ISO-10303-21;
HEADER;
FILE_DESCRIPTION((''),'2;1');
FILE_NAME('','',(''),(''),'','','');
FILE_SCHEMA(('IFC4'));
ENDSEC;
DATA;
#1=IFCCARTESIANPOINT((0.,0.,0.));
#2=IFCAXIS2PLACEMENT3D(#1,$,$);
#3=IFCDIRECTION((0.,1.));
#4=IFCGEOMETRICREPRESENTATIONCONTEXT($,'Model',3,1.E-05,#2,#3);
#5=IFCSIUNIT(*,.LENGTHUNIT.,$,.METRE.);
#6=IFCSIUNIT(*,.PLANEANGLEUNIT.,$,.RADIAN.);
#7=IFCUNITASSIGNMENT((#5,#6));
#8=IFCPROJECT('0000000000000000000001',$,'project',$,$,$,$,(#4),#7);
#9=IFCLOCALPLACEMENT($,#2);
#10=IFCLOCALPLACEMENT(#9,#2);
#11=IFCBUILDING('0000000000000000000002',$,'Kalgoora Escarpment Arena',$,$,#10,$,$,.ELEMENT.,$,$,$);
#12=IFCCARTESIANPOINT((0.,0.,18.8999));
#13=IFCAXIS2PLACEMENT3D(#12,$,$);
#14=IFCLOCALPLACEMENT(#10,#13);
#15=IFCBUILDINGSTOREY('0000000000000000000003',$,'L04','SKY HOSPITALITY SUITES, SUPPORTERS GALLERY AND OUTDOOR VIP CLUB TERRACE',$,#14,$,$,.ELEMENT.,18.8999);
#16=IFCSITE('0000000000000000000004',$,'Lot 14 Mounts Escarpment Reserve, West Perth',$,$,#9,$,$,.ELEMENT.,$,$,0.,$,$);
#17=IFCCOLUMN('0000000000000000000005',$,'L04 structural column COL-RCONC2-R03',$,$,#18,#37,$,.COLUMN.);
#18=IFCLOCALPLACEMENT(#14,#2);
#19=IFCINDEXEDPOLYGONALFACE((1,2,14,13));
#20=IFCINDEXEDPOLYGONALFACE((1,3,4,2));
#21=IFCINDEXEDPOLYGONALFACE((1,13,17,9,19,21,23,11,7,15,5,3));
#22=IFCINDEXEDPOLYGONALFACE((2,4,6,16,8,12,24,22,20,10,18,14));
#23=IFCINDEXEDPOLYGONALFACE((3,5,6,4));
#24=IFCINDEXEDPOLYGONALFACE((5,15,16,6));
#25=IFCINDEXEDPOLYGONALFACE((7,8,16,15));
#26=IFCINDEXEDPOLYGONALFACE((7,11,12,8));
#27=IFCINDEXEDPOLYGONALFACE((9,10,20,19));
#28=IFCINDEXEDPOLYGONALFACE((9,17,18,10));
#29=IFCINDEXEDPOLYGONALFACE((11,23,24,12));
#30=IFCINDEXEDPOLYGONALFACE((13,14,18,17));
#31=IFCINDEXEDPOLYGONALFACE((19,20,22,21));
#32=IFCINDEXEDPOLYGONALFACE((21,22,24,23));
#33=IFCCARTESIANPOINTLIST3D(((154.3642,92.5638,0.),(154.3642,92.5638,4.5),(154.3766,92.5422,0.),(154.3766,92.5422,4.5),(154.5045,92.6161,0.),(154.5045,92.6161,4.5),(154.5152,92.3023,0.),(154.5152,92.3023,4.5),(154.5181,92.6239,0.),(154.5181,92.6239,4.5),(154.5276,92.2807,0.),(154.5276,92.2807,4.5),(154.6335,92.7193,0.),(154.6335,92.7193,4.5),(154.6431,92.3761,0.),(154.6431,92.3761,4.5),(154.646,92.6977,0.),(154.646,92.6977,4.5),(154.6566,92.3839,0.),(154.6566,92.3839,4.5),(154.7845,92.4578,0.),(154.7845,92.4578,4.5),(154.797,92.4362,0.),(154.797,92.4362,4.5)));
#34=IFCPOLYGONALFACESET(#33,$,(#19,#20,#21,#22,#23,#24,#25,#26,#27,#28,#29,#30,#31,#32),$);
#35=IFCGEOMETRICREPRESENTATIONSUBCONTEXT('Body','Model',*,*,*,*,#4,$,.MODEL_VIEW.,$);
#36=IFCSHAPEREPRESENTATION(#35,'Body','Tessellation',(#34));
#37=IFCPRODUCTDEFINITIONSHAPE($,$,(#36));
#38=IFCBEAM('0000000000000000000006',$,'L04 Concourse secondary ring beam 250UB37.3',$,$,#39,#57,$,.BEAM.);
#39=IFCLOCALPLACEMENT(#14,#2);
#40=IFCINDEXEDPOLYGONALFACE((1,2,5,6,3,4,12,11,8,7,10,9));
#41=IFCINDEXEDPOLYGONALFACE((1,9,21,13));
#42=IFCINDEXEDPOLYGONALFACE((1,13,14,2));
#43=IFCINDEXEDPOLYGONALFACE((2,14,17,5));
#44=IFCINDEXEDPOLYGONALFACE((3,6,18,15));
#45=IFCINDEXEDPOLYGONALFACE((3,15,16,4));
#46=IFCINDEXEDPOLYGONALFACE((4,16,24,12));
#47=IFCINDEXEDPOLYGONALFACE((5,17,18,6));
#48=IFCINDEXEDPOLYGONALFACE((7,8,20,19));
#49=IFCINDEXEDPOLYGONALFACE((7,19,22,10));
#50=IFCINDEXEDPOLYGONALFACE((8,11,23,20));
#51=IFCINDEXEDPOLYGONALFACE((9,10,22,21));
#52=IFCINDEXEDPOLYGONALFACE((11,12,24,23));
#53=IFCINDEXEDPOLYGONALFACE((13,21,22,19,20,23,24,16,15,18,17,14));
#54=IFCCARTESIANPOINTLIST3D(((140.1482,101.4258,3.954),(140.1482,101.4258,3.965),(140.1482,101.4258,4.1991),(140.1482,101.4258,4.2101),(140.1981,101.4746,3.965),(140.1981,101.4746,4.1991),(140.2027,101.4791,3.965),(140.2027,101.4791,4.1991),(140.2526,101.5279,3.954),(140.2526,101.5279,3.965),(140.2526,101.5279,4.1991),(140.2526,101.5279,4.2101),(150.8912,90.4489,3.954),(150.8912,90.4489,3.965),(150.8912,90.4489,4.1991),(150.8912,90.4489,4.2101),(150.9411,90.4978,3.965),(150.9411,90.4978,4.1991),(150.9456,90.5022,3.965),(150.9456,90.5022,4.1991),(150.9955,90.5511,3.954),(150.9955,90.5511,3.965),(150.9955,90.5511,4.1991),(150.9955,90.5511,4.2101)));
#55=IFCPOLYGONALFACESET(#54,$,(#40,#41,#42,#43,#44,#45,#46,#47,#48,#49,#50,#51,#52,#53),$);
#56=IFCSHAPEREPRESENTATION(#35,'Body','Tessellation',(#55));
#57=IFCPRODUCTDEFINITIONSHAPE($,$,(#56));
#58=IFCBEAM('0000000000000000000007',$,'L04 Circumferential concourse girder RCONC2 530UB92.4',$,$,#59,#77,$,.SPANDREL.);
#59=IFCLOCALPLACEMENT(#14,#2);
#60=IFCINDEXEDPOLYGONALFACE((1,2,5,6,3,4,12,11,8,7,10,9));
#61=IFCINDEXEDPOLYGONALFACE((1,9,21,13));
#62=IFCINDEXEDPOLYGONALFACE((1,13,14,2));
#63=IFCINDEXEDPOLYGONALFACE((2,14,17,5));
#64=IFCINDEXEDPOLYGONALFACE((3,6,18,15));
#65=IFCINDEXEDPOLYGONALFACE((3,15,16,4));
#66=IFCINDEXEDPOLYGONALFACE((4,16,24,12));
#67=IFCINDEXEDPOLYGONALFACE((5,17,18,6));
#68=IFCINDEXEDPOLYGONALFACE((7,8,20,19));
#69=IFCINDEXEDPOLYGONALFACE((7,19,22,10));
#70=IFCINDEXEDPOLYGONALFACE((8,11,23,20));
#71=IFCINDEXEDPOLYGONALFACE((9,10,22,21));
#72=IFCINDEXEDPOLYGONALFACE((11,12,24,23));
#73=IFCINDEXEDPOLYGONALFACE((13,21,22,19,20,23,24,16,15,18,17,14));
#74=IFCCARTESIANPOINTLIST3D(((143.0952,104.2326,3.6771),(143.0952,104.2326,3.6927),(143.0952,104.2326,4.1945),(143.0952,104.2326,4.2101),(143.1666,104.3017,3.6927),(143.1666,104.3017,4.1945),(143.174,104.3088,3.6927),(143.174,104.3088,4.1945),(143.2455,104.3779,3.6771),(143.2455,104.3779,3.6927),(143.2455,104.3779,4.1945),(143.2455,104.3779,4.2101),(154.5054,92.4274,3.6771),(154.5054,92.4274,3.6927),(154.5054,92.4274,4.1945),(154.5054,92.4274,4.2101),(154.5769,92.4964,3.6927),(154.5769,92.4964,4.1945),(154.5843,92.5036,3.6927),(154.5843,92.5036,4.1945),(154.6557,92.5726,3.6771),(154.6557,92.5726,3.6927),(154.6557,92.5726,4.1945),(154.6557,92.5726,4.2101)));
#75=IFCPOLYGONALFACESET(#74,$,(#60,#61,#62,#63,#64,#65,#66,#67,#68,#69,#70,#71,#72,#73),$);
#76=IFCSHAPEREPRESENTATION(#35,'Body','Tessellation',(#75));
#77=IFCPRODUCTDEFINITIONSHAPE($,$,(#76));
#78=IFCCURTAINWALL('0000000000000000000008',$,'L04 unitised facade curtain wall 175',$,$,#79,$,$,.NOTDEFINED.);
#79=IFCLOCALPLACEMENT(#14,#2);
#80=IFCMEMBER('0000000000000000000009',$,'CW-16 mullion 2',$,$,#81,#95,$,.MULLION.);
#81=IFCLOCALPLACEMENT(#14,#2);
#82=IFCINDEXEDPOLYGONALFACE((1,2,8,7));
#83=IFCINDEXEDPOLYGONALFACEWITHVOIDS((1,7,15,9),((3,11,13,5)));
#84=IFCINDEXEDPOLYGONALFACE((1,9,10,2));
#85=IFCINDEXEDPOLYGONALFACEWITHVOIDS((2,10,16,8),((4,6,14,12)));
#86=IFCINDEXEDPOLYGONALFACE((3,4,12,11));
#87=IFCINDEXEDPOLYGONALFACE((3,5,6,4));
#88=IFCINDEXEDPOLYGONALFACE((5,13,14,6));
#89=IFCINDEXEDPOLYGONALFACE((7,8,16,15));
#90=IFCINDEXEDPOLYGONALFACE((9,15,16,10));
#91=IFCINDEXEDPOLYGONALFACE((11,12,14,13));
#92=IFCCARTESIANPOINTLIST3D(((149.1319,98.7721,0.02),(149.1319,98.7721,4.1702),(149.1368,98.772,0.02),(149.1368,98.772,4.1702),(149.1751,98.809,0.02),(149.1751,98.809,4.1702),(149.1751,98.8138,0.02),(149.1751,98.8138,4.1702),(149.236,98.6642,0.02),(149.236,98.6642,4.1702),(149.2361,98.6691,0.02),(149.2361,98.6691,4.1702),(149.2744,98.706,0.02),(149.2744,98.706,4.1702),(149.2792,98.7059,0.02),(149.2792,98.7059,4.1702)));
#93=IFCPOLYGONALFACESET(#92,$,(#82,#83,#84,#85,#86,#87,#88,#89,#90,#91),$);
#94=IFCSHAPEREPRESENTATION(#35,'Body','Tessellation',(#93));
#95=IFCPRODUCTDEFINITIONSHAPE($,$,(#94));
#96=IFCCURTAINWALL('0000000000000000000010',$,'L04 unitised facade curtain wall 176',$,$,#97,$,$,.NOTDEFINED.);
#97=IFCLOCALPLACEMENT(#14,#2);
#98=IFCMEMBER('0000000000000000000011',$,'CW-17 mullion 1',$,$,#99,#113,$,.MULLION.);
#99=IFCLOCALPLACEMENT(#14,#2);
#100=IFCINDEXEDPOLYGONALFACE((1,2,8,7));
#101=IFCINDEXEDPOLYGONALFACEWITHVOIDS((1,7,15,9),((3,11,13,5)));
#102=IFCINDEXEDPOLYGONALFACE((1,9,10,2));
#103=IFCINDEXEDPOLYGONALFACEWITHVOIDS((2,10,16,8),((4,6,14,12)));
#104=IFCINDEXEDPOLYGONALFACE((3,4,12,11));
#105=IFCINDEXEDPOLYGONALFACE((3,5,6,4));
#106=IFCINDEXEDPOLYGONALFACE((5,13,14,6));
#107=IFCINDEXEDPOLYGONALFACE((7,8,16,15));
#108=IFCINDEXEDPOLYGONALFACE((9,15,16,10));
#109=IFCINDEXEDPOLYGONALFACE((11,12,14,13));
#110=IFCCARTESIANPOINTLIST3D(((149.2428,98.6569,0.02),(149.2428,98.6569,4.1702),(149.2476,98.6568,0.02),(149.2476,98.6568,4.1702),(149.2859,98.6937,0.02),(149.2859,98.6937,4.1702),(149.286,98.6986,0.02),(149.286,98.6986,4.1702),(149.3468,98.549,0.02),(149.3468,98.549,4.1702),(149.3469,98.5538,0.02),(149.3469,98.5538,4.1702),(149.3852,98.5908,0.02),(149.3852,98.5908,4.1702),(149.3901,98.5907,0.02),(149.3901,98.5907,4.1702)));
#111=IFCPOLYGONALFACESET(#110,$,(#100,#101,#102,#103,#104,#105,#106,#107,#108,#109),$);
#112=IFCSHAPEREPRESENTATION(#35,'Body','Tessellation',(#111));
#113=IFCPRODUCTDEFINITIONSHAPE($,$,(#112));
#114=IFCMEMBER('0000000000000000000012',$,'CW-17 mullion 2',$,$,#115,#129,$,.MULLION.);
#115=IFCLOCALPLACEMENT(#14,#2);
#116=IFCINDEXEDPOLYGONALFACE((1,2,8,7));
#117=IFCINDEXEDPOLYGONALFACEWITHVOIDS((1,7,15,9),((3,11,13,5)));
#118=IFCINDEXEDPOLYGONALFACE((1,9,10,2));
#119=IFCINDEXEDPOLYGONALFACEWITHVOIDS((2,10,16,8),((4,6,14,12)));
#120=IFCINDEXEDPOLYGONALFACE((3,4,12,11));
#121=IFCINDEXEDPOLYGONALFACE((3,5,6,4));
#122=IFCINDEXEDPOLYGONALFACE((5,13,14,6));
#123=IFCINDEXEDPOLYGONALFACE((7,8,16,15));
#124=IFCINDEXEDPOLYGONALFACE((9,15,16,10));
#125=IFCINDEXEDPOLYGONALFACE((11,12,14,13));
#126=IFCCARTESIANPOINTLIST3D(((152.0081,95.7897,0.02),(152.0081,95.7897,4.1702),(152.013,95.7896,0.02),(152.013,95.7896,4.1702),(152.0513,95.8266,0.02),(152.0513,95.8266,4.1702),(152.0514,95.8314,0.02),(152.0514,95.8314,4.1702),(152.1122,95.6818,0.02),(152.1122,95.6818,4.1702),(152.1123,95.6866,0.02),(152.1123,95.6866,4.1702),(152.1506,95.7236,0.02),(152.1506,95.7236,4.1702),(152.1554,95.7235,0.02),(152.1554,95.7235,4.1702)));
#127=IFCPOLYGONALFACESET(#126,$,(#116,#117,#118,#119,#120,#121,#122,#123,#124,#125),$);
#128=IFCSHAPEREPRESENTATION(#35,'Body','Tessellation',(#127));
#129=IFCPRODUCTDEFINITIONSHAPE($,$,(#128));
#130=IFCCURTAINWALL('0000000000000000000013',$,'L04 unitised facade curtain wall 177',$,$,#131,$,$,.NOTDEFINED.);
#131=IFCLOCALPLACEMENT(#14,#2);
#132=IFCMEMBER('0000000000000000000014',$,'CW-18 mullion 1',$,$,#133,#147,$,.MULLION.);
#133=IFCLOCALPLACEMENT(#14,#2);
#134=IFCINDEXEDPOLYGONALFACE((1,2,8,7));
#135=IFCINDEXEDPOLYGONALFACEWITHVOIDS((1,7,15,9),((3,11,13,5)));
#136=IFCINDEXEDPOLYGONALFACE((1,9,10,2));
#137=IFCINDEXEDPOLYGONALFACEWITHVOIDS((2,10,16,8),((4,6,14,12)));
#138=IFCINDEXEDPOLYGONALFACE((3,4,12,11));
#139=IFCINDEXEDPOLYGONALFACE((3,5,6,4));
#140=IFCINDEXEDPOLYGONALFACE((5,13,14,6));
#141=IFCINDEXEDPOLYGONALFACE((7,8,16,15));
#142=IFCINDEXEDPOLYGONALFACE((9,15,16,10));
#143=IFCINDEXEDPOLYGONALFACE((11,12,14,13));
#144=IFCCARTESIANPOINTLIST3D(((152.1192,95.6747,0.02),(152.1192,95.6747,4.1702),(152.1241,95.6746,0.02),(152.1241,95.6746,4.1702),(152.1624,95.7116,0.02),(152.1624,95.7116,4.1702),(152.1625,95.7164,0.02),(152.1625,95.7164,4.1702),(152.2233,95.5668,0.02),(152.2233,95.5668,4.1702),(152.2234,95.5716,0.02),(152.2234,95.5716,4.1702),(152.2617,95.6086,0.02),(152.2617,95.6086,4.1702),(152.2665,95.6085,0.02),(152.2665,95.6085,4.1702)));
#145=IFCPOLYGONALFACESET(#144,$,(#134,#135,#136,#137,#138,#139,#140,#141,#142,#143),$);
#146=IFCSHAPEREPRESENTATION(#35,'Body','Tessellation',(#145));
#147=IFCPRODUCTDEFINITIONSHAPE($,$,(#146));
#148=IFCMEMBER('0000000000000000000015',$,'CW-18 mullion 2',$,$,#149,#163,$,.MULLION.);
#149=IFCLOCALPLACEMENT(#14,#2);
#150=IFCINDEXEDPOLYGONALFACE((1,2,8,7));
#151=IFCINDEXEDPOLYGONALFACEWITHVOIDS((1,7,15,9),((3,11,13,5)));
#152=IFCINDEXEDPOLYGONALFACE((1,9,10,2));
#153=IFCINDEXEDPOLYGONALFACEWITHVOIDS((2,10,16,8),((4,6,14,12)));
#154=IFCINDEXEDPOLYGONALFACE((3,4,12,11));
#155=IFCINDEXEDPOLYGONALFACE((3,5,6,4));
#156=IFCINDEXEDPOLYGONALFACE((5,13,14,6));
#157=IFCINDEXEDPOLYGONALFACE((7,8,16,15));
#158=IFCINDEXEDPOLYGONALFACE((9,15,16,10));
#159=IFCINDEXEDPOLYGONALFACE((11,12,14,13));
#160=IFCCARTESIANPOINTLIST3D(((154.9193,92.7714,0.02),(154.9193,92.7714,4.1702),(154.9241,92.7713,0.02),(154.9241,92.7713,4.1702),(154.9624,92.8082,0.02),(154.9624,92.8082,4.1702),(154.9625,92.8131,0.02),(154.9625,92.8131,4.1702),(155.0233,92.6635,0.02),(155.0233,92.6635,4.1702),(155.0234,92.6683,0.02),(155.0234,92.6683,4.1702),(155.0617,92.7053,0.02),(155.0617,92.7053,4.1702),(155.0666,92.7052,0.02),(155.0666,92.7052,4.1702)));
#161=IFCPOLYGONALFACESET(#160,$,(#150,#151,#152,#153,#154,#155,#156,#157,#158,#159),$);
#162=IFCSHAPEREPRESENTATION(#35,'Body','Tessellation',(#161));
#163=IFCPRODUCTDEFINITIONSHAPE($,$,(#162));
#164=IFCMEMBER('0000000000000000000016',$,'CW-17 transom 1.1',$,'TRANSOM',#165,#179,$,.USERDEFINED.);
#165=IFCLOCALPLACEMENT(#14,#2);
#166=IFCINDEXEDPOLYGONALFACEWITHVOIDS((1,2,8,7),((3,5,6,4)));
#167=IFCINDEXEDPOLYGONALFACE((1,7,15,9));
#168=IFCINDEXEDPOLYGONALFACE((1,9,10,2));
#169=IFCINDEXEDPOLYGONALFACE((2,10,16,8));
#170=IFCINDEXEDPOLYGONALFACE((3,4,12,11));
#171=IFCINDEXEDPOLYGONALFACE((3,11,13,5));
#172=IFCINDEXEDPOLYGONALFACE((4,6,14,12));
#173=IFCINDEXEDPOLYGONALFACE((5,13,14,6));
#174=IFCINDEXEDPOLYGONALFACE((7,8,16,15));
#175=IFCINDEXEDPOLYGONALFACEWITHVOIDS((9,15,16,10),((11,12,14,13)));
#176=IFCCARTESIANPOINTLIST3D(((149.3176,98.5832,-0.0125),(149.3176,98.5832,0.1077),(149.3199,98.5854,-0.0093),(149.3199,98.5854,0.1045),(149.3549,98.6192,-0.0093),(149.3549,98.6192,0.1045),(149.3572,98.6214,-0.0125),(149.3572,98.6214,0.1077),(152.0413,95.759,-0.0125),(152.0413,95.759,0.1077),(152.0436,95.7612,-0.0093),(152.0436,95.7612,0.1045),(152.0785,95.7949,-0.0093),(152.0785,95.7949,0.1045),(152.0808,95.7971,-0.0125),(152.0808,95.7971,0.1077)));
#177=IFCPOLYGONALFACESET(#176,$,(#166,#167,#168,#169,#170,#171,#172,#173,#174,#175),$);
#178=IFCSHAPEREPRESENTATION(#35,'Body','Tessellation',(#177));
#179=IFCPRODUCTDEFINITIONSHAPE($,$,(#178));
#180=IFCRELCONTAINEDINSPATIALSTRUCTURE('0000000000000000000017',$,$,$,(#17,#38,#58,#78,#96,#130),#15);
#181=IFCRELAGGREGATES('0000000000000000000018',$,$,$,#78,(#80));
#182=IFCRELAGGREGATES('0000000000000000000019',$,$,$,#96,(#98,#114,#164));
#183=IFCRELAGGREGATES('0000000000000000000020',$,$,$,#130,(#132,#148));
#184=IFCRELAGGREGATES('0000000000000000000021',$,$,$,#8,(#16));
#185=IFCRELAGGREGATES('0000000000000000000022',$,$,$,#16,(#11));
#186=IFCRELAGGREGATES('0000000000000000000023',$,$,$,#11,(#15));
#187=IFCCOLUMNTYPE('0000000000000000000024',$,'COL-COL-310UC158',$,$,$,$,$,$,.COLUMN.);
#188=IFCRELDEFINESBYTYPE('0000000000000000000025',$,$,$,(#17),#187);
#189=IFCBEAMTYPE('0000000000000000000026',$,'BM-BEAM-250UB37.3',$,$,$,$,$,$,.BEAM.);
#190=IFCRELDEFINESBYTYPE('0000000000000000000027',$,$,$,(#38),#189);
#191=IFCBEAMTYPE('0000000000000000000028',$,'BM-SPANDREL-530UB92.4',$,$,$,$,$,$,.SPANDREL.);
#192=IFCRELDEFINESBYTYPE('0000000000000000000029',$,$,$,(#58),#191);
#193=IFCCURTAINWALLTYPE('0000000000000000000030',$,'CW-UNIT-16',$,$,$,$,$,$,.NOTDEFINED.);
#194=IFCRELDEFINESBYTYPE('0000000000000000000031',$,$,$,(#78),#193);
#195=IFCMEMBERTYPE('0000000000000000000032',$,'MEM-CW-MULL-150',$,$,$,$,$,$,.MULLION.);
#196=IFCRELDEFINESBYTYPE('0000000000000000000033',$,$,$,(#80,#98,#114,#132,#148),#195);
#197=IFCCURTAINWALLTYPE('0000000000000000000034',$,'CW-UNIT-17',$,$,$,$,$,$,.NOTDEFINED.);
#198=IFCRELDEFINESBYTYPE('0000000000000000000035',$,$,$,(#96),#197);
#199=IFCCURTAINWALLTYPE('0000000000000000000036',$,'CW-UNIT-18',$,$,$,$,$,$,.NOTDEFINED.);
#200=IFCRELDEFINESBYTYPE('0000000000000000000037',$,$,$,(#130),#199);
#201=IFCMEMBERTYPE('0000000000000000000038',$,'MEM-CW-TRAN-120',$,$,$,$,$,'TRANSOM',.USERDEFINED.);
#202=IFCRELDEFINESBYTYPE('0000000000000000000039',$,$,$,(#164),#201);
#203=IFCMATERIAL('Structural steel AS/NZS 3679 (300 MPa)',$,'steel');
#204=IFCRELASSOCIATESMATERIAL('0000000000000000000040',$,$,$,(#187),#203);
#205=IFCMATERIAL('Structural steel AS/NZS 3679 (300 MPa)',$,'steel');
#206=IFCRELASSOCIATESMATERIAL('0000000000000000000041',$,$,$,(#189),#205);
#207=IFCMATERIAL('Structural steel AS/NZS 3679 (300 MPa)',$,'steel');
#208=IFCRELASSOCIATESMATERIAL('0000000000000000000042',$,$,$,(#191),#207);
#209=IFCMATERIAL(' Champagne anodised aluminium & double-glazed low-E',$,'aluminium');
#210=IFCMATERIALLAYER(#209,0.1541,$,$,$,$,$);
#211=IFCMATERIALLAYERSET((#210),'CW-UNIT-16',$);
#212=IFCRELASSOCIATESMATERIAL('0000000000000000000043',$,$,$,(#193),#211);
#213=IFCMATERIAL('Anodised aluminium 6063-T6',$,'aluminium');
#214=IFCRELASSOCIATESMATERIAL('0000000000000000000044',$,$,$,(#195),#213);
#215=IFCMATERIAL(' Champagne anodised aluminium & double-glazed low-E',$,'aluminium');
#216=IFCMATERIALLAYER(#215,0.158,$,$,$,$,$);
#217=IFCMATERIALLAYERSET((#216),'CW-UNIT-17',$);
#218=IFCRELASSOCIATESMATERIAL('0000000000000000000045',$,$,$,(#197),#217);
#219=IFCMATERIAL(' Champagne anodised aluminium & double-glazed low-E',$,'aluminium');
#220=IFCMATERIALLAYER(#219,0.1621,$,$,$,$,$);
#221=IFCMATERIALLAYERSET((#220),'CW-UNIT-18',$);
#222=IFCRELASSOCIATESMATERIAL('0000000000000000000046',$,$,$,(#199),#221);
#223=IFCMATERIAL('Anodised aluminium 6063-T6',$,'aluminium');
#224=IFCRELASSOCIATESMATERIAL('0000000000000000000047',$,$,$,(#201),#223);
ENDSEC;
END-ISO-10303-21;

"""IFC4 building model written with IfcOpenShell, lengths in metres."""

from ifc_helpers import new_model, si_unit, direction, frame, origin, origin_2d, place, context, subcontext, project, spatial, hollow_rectangle, i_section, extrude, material, layer, layer_set, material_profile, profile_set, type_object, element, aggregate, save


model = new_model("IFC4")

# Units and contexts
model_context = context("Model", 3, precision=1e-05, world=origin(), true_north=direction((0.0, 1.0)))
body_context = subcontext(model_context, "Body", "Model", "MODEL_VIEW")
ifc_project = project(units=[si_unit("LENGTHUNIT", "METRE"), si_unit("PLANEANGLEUNIT", "RADIAN")], contexts=[model_context])

# Site, building, storey
site_placement = place(None, origin())
site = spatial("IfcSite", under=ifc_project, at=site_placement, Name="Lot 14 Mounts Escarpment Reserve, West Perth", CompositionType="ELEMENT", RefElevation=0.0)
building_placement = place(site_placement, origin())
building = spatial("IfcBuilding", under=site, at=building_placement, Name="Kalgoora Escarpment Arena", CompositionType="ELEMENT")
storey_placement = place(building_placement, frame((0.0, 0.0, 18.8999)))
storey = spatial("IfcBuildingStorey", under=building, at=storey_placement, Name="L04", Description="SKY HOSPITALITY SUITES, SUPPORTERS GALLERY AND OUTDOOR VIP CLUB TERRACE", CompositionType="ELEMENT", Elevation=18.8999)

# Column
ifc_material_1 = material(Name="Structural steel AS/NZS 3679 (300 MPa)", Category="steel")
ifc_material_profile_1 = material_profile(ifc_material_1, i_section(OverallWidth=0.311, OverallDepth=0.3269, WebThickness=0.0156, FlangeThickness=0.0249, at=origin_2d()))
ifc_profile_set_1 = profile_set([ifc_material_profile_1], Name="Structural steel AS/NZS 3679 (300 MPa)")
column_type = type_object("IfcColumnType", Name="COL-COL-310UC158", PredefinedType="COLUMN", material=ifc_profile_set_1)
column_placement = place(storey_placement, frame((154.5806, 92.5, 0.0), z_axis=(0.0, 0.0, 1.0), x_axis=(0.866025, 0.5, 0.0)))
element("IfcColumn", 1, at=column_placement, inside=storey, type_object=column_type, Name="L04 structural column COL-RCONC2-R03", PredefinedType="COLUMN", context=body_context, shape_type="SweptSolid", body=[
    extrude(i_section(OverallWidth=0.311, OverallDepth=0.3269, WebThickness=0.0156, FlangeThickness=0.0249, at=origin_2d()), origin(), (0.0, 0.0, 1.0), 4.5),
])

# Beams
ifc_material_2 = material(Name="Structural steel AS/NZS 3679 (300 MPa)", Category="steel")
ifc_material_profile_2 = material_profile(ifc_material_2, i_section(OverallWidth=0.146, OverallDepth=0.2561, WebThickness=0.0063, FlangeThickness=0.011, at=origin_2d()))
ifc_profile_set_2 = profile_set([ifc_material_profile_2], Name="Structural steel AS/NZS 3679 (300 MPa)")
beam_type_1 = type_object("IfcBeamType", Name="BM-BEAM-250UB37.3", PredefinedType="BEAM", material=ifc_profile_set_2)
beam_1_placement = place(storey_placement, frame((150.9434, 90.5, 4.082), z_axis=(-0.699452, 0.71468, 0.0), x_axis=(-0.71468, -0.699452, 0.0)))
element("IfcBeam", 2, at=beam_1_placement, inside=storey, type_object=beam_type_1, Name="L04 Concourse secondary ring beam 250UB37.3", PredefinedType="BEAM", context=body_context, shape_type="SweptSolid", body=[
    extrude(i_section(OverallWidth=0.146, OverallDepth=0.2561, WebThickness=0.0063, FlangeThickness=0.011, at=origin_2d()), origin(), (0.0, 0.0, 1.0), 15.3591),
])
ifc_material_3 = material(Name="Structural steel AS/NZS 3679 (300 MPa)", Category="steel")
ifc_material_profile_3 = material_profile(ifc_material_3, i_section(OverallWidth=0.209, OverallDepth=0.533, WebThickness=0.0103, FlangeThickness=0.0156, at=origin_2d()))
ifc_profile_set_3 = profile_set([ifc_material_profile_3], Name="Structural steel AS/NZS 3679 (300 MPa)")
beam_type_2 = type_object("IfcBeamType", Name="BM-SPANDREL-530UB92.4", PredefinedType="SPANDREL", material=ifc_profile_set_3)
beam_2_placement = place(storey_placement, frame((154.5806, 92.5, 3.9436), z_axis=(-0.694974, 0.719034, 0.0), x_axis=(-0.719034, -0.694974, 0.0)))
element("IfcBeam", 3, at=beam_2_placement, inside=storey, type_object=beam_type_2, Name="L04 Circumferential concourse girder RCONC2 530UB92.4", PredefinedType="SPANDREL", context=body_context, shape_type="SweptSolid", body=[
    extrude(i_section(OverallWidth=0.209, OverallDepth=0.533, WebThickness=0.0103, FlangeThickness=0.0156, at=origin_2d()), origin(), (0.0, 0.0, 1.0), 16.4182),
])

# Curtain wall, member
ifc_material_4 = material(Name=" Champagne anodised aluminium & double-glazed low-E", Category="aluminium")
ifc_layer_1 = layer(ifc_material_4, 0.1541)
ifc_layer_set_1 = layer_set([ifc_layer_1], Name="CW-UNIT-16")
curtain_wall_type_1 = type_object("IfcCurtainWallType", Name="CW-UNIT-16", PredefinedType="NOTDEFINED", material=ifc_layer_set_1)
curtain_wall_1_placement = place(storey_placement, origin())
curtain_wall_1 = element("IfcCurtainWall", 4, at=curtain_wall_1_placement, inside=storey, type_object=curtain_wall_type_1, Name="L04 unitised facade curtain wall 175", PredefinedType="NOTDEFINED")
ifc_material_5 = material(Name="Anodised aluminium 6063-T6", Category="aluminium")
ifc_material_profile_4 = material_profile(ifc_material_5, hollow_rectangle(XDim=0.0601, YDim=0.1499, WallThickness=0.0034, at=origin_2d()))
ifc_profile_set_4 = profile_set([ifc_material_profile_4], Name="Anodised aluminium 6063-T6")
member_type_1 = type_object("IfcMemberType", Name="MEM-CW-MULL-150", PredefinedType="MULLION", material=ifc_profile_set_4)
member_1_placement = place(storey_placement, frame((149.2056, 98.739, 0.02), z_axis=(0.0, 0.0, 1.0), x_axis=(0.719777, 0.694205, 0.0)))
member_1 = element("IfcMember", 5, at=member_1_placement, type_object=member_type_1, Name="CW-16 mullion 2", PredefinedType="MULLION", context=body_context, shape_type="SweptSolid", body=[
    extrude(hollow_rectangle(XDim=0.0601, YDim=0.1499, WallThickness=0.0034, at=origin_2d()), origin(), (0.0, 0.0, 1.0), 4.1501),
])
aggregate(curtain_wall_1, [member_1])

# Curtain walls, members
ifc_material_6 = material(Name=" Champagne anodised aluminium & double-glazed low-E", Category="aluminium")
ifc_layer_2 = layer(ifc_material_6, 0.158)
ifc_layer_set_2 = layer_set([ifc_layer_2], Name="CW-UNIT-17")
curtain_wall_type_2 = type_object("IfcCurtainWallType", Name="CW-UNIT-17", PredefinedType="NOTDEFINED", material=ifc_layer_set_2)
curtain_wall_2_placement = place(storey_placement, origin())
curtain_wall_2 = element("IfcCurtainWall", 6, at=curtain_wall_2_placement, inside=storey, type_object=curtain_wall_type_2, Name="L04 unitised facade curtain wall 176", PredefinedType="NOTDEFINED")
member_2_placement = place(storey_placement, frame((149.3164, 98.6238, 0.02), z_axis=(0.0, 0.0, 1.0), x_axis=(0.719777, 0.694205, 0.0)))
member_2 = element("IfcMember", 7, at=member_2_placement, type_object=member_type_1, Name="CW-17 mullion 1", PredefinedType="MULLION", context=body_context, shape_type="SweptSolid", body=[
    extrude(hollow_rectangle(XDim=0.0601, YDim=0.1499, WallThickness=0.0034, at=origin_2d()), origin(), (0.0, 0.0, 1.0), 4.1501),
])
member_3_placement = place(storey_placement, frame((152.0818, 95.7566, 0.02), z_axis=(0.0, 0.0, 1.0), x_axis=(0.719777, 0.694205, 0.0)))
member_3 = element("IfcMember", 8, at=member_3_placement, type_object=member_type_1, Name="CW-17 mullion 2", PredefinedType="MULLION", context=body_context, shape_type="SweptSolid", body=[
    extrude(hollow_rectangle(XDim=0.0601, YDim=0.1499, WallThickness=0.0034, at=origin_2d()), origin(), (0.0, 0.0, 1.0), 4.1501),
])
ifc_material_7 = material(Name=" Champagne anodised aluminium & double-glazed low-E", Category="aluminium")
ifc_layer_3 = layer(ifc_material_7, 0.1621)
ifc_layer_set_3 = layer_set([ifc_layer_3], Name="CW-UNIT-18")
curtain_wall_type_3 = type_object("IfcCurtainWallType", Name="CW-UNIT-18", PredefinedType="NOTDEFINED", material=ifc_layer_set_3)
curtain_wall_3_placement = place(storey_placement, origin())
curtain_wall_3 = element("IfcCurtainWall", 9, at=curtain_wall_3_placement, inside=storey, type_object=curtain_wall_type_3, Name="L04 unitised facade curtain wall 177", PredefinedType="NOTDEFINED")
member_4_placement = place(storey_placement, frame((152.1929, 95.6416, 0.02), z_axis=(0.0, 0.0, 1.0), x_axis=(0.71978, 0.694202, 0.0)))
member_4 = element("IfcMember", 10, at=member_4_placement, type_object=member_type_1, Name="CW-18 mullion 1", PredefinedType="MULLION", context=body_context, shape_type="SweptSolid", body=[
    extrude(hollow_rectangle(XDim=0.0601, YDim=0.1499, WallThickness=0.0034, at=origin_2d()), origin(), (0.0, 0.0, 1.0), 4.1501),
])
member_5_placement = place(storey_placement, frame((154.9929, 92.7383, 0.02), z_axis=(0.0, 0.0, 1.0), x_axis=(0.71978, 0.694202, 0.0)))
member_5 = element("IfcMember", 11, at=member_5_placement, type_object=member_type_1, Name="CW-18 mullion 2", PredefinedType="MULLION", context=body_context, shape_type="SweptSolid", body=[
    extrude(hollow_rectangle(XDim=0.0601, YDim=0.1499, WallThickness=0.0034, at=origin_2d()), origin(), (0.0, 0.0, 1.0), 4.1501),
])

# Member
ifc_material_8 = material(Name="Anodised aluminium 6063-T6", Category="aluminium")
ifc_material_profile_5 = material_profile(ifc_material_8, hollow_rectangle(XDim=0.0549, YDim=0.1201, WallThickness=0.0032, at=origin_2d()))
ifc_profile_set_5 = profile_set([ifc_material_profile_5], Name="Anodised aluminium 6063-T6")
member_type_2 = type_object("IfcMemberType", Name="MEM-CW-TRAN-120", ElementType="TRANSOM", PredefinedType="USERDEFINED", material=ifc_profile_set_5)
member_6_placement = place(storey_placement, frame((149.3374, 98.6023, 0.0476), z_axis=(0.694172, -0.719809, 0.0), x_axis=(0.719809, 0.694172, 0.0)))
member_6 = element("IfcMember", 12, at=member_6_placement, type_object=member_type_2, Name="CW-17 transom 1.1", ObjectType="TRANSOM", PredefinedType="USERDEFINED", context=body_context, shape_type="SweptSolid", body=[
    extrude(hollow_rectangle(XDim=0.0549, YDim=0.1201, WallThickness=0.0032, at=origin_2d()), origin(), (0.0, 0.0, 1.0), 3.9236),
])

aggregate(curtain_wall_2, [member_2, member_3, member_6])
aggregate(curtain_wall_3, [member_4, member_5])

save(model, "model.ifc")
